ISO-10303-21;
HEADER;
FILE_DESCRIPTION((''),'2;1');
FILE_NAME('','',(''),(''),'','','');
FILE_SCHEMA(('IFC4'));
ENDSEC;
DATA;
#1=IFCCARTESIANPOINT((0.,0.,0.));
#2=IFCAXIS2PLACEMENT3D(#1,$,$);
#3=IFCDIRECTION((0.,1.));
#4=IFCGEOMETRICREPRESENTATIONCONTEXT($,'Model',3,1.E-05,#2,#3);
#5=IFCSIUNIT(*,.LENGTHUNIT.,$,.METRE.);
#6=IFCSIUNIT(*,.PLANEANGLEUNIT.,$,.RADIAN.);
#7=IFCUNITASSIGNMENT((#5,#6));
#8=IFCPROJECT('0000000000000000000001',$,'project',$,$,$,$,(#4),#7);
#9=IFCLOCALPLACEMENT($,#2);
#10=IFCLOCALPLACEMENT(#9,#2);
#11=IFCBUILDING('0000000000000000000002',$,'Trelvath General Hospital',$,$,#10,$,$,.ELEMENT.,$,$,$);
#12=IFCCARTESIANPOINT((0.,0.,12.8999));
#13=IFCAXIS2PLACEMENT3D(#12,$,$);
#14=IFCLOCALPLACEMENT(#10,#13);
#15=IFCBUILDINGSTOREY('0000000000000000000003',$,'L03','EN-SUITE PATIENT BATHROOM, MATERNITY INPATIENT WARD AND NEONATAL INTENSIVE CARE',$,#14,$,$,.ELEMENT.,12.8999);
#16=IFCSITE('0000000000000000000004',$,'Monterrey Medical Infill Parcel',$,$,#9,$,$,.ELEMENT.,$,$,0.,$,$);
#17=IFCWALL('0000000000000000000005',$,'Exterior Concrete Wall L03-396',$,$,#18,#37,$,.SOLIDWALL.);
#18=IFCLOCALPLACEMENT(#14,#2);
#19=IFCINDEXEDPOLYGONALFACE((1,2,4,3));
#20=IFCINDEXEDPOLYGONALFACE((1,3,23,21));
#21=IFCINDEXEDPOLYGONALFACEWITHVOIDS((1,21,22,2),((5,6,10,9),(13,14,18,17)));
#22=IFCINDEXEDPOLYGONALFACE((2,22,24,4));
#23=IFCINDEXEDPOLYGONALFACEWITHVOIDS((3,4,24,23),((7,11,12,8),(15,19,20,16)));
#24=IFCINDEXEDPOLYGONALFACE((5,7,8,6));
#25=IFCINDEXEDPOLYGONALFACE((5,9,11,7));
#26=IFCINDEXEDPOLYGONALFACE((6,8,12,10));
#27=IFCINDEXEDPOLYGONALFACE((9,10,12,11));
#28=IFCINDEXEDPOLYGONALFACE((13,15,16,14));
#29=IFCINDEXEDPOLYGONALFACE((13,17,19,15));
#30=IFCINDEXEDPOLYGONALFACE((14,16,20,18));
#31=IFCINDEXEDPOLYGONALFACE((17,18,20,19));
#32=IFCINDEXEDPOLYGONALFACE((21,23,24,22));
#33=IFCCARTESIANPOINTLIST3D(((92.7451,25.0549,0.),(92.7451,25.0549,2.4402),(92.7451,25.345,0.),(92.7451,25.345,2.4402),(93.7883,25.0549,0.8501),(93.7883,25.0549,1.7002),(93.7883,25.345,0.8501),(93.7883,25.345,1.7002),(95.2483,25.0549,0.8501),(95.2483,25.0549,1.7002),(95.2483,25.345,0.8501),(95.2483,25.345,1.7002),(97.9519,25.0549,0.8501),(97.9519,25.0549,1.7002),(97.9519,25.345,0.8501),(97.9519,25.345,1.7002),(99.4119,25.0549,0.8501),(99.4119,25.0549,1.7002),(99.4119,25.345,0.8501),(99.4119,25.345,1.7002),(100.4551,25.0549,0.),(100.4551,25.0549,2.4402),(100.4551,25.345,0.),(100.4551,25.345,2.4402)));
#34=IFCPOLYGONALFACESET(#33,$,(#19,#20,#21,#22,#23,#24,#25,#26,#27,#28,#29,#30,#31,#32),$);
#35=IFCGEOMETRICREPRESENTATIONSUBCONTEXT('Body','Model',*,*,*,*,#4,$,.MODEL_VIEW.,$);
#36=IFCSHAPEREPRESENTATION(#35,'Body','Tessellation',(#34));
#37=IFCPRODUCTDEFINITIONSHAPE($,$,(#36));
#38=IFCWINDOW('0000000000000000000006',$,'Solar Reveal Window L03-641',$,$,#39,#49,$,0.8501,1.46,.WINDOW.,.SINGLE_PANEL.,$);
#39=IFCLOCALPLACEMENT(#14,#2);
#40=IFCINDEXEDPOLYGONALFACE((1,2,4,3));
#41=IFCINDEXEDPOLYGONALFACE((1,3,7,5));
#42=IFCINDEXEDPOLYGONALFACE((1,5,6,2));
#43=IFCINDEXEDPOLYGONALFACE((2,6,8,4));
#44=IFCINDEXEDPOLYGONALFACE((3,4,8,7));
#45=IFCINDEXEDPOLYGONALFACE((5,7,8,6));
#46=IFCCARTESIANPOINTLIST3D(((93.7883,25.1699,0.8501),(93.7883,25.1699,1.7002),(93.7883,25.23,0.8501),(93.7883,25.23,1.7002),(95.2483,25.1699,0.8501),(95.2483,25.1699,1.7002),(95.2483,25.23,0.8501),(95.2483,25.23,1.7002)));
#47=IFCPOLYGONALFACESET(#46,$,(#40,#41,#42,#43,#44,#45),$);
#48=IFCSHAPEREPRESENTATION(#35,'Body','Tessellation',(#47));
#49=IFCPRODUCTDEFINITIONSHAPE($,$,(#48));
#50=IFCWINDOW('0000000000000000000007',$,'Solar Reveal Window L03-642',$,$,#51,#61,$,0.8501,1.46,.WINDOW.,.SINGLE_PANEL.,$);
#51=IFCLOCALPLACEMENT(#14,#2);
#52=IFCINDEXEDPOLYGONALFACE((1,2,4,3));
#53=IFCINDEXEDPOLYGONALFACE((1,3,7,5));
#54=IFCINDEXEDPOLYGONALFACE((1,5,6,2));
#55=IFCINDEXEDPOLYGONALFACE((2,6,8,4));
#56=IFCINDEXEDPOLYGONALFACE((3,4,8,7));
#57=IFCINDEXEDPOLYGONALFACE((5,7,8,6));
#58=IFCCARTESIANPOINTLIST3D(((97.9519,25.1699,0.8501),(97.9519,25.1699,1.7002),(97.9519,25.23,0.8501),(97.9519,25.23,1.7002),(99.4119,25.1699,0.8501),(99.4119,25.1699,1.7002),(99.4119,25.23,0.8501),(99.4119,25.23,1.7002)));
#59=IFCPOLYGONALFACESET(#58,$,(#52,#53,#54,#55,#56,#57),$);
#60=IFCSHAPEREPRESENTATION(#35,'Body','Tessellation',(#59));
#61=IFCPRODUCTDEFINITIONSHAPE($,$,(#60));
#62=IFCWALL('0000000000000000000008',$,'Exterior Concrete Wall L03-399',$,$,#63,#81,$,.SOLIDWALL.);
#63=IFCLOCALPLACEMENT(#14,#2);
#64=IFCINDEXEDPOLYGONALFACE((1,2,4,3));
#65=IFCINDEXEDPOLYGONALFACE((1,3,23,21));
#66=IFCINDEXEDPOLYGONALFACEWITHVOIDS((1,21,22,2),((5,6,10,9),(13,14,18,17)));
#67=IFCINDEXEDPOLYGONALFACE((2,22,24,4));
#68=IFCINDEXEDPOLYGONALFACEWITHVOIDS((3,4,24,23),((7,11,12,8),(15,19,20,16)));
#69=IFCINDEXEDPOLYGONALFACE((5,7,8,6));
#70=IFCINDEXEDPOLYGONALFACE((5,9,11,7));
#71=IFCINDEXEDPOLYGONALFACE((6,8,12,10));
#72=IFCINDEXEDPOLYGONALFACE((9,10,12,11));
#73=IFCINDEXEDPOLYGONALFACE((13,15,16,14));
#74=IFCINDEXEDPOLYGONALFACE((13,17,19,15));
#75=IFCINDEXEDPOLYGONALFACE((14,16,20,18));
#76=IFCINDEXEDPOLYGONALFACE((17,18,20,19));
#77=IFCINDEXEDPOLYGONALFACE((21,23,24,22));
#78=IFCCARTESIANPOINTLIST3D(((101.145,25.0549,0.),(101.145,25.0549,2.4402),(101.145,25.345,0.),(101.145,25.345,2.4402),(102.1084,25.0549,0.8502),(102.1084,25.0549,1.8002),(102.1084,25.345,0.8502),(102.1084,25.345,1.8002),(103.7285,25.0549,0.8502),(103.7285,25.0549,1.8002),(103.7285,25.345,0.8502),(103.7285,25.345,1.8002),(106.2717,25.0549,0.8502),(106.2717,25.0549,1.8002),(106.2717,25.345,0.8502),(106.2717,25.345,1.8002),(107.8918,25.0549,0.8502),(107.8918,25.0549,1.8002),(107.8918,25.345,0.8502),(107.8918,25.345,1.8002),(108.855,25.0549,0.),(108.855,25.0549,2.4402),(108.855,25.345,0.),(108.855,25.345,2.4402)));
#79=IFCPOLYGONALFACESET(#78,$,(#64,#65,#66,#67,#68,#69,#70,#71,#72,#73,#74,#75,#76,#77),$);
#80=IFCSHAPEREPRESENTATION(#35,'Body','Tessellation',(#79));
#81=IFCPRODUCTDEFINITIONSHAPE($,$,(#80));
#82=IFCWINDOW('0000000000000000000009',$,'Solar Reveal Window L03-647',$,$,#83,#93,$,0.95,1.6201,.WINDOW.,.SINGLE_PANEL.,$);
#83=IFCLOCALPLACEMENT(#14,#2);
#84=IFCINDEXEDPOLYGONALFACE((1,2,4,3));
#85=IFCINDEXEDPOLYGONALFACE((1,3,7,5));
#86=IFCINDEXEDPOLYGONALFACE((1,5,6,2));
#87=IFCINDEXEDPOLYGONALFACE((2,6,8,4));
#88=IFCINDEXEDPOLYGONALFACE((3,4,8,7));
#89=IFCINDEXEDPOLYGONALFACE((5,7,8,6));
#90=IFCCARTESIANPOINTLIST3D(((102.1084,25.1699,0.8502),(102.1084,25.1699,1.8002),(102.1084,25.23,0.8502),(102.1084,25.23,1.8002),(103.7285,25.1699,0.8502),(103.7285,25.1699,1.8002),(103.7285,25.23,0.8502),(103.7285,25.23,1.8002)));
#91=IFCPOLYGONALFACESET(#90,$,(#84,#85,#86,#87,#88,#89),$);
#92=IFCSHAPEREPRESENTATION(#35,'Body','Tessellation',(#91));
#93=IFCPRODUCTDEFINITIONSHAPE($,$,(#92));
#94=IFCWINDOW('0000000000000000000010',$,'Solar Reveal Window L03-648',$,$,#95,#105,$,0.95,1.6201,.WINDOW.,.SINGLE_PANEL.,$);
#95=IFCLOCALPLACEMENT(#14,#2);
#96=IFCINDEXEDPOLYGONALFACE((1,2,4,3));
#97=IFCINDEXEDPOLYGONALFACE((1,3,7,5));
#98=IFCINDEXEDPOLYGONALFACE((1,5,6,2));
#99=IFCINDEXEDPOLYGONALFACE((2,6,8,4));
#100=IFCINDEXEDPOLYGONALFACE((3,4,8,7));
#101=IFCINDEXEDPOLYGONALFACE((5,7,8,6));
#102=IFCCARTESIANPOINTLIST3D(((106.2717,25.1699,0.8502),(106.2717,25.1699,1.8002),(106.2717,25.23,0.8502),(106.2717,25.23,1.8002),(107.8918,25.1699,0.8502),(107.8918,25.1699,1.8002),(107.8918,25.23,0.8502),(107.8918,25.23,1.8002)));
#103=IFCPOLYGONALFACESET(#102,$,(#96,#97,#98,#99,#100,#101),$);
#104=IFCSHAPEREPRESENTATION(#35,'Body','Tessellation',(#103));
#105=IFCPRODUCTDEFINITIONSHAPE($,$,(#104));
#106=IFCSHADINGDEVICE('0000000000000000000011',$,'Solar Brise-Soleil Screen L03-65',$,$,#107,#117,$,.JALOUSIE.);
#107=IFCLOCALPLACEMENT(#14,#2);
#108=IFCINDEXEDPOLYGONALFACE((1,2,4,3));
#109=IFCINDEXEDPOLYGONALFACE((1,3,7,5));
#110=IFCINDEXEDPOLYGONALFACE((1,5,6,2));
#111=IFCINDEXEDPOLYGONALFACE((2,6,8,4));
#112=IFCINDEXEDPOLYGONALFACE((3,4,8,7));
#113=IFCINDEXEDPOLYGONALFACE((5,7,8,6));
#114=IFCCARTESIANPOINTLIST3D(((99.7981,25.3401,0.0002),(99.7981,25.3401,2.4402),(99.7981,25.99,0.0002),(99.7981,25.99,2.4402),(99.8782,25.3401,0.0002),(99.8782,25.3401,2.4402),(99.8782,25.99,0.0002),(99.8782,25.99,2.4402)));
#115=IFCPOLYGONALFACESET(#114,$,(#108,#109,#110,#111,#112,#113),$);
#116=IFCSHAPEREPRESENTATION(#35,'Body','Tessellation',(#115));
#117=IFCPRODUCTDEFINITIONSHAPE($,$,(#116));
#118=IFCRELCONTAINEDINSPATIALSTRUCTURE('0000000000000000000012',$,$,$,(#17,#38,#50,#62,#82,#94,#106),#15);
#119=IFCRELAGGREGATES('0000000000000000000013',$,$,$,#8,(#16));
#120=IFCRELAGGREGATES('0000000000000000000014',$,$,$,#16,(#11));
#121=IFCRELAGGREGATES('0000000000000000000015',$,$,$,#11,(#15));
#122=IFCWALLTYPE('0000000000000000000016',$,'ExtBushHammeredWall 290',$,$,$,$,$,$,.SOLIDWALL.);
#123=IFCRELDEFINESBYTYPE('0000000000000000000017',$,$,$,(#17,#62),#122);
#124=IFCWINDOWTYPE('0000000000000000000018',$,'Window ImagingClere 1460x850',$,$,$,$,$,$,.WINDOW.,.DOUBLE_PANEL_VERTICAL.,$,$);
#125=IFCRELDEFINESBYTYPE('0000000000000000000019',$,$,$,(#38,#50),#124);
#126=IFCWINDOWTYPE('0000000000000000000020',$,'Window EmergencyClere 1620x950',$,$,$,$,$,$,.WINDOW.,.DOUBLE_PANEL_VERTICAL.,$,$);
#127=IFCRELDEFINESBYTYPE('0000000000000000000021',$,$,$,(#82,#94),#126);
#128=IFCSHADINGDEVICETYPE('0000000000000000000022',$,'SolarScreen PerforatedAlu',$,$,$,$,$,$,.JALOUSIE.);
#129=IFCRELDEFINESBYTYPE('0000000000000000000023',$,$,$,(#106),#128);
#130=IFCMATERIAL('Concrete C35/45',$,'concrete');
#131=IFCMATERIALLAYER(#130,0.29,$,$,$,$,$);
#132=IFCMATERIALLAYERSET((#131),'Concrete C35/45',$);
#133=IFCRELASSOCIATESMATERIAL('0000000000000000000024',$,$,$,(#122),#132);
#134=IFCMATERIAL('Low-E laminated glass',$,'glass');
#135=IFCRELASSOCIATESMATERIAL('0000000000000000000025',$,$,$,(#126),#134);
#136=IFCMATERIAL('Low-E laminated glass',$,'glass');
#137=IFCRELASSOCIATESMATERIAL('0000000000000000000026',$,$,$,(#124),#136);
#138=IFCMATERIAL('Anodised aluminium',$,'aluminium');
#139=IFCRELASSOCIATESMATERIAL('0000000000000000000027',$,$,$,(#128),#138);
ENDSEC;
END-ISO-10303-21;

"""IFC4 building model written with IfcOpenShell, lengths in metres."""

from ifc_helpers import new_model, si_unit, direction, frame, frame_2d, origin, origin_2d, place, context, subcontext, project, spatial, rectangle, extrude, material, layer, layer_set, type_object, element, fill, save


model = new_model("IFC4")

# Units and contexts
model_context = context("Model", 3, precision=1e-05, world=origin(), true_north=direction((0.0, 1.0)))
body_context = subcontext(model_context, "Body", "Model", "MODEL_VIEW")
ifc_project = project(units=[si_unit("LENGTHUNIT", "METRE"), si_unit("PLANEANGLEUNIT", "RADIAN")], contexts=[model_context])

# Site, building, storey
site_placement = place(None, origin())
site = spatial("IfcSite", under=ifc_project, at=site_placement, Name="Monterrey Medical Infill Parcel", CompositionType="ELEMENT", RefElevation=0.0)
building_placement = place(site_placement, origin())
building = spatial("IfcBuilding", under=site, at=building_placement, Name="Trelvath General Hospital", CompositionType="ELEMENT")
storey_placement = place(building_placement, frame((0.0, 0.0, 12.8999)))
storey = spatial("IfcBuildingStorey", under=building, at=storey_placement, Name="L03", Description="EN-SUITE PATIENT BATHROOM, MATERNITY INPATIENT WARD AND NEONATAL INTENSIVE CARE", CompositionType="ELEMENT", Elevation=12.8999)

# Walls, openings, windows
ifc_material_1 = material(Name="Concrete C35/45", Category="concrete")
ifc_layer_1 = layer(ifc_material_1, 0.29)
ifc_layer_set_1 = layer_set([ifc_layer_1], Name="Concrete C35/45")
wall_type_1 = type_object("IfcWallType", Name="ExtBushHammeredWall 290", PredefinedType="SOLIDWALL", material=ifc_layer_set_1)
ifc_material_2 = material(Name="Low-E laminated glass", Category="glass")
window_type_1 = type_object("IfcWindowType", Name="Window EmergencyClere 1620x950", PartitioningType="DOUBLE_PANEL_VERTICAL", PredefinedType="WINDOW", material=ifc_material_2)
wall_1_placement = place(storey_placement, frame((92.7451, 25.2, 0.0), z_axis=(0.0, 0.0, 1.0), x_axis=(1.0, 0.0, 0.0)))
wall_1 = element("IfcWall", 1, at=wall_1_placement, inside=storey, type_object=wall_type_1, Name="Exterior Concrete Wall L03-396", PredefinedType="SOLIDWALL", context=body_context, shape_type="SweptSolid", body=[
    extrude(rectangle(XDim=7.71, YDim=0.29, at=frame_2d((3.855, 0.0))), origin(), (0.0, 0.0, 1.0), 2.4402),
])
opening_1_placement = place(wall_1_placement, frame((1.0432, 0.0, 0.8501)))
opening_1 = element("IfcOpeningElement", 2, at=opening_1_placement, cuts=wall_1, PredefinedType="OPENING", context=body_context, shape_type="SweptSolid", body=[
    extrude(rectangle(XDim=1.46, YDim=0.8501, at=frame_2d((0.73, 0.425))), frame((0.0, 0.155, 0.0), z_axis=(0.0, -1.0, 0.0), x_axis=(1.0, 0.0, 0.0)), (0.0, 0.0, 1.0), 0.3101),
])
opening_2_placement = place(wall_1_placement, frame((5.2068, 0.0, 0.8501)))
opening_2 = element("IfcOpeningElement", 3, at=opening_2_placement, cuts=wall_1, PredefinedType="OPENING", context=body_context, shape_type="SweptSolid", body=[
    extrude(rectangle(XDim=1.46, YDim=0.8501, at=frame_2d((0.73, 0.425))), frame((0.0, 0.155, 0.0), z_axis=(0.0, -1.0, 0.0), x_axis=(1.0, 0.0, 0.0)), (0.0, 0.0, 1.0), 0.3101),
])
ifc_material_3 = material(Name="Low-E laminated glass", Category="glass")
window_type_2 = type_object("IfcWindowType", Name="Window ImagingClere 1460x850", PartitioningType="DOUBLE_PANEL_VERTICAL", PredefinedType="WINDOW", material=ifc_material_3)
window_1_placement = place(opening_1_placement, origin())
window_1 = element("IfcWindow", 4, at=window_1_placement, inside=storey, type_object=window_type_2, Name="Solar Reveal Window L03-641", OverallHeight=0.8501, OverallWidth=1.46, PartitioningType="SINGLE_PANEL", PredefinedType="WINDOW", context=body_context, shape_type="SweptSolid", body=[
    extrude(rectangle(XDim=1.46, YDim=0.8501, at=frame_2d((0.73, 0.425))), frame((0.0, 0.03, 0.0), z_axis=(0.0, -1.0, 0.0), x_axis=(1.0, 0.0, 0.0)), (0.0, 0.0, 1.0), 0.0601),
])
fill(opening_1, window_1)
window_2_placement = place(opening_2_placement, origin())
window_2 = element("IfcWindow", 5, at=window_2_placement, inside=storey, type_object=window_type_2, Name="Solar Reveal Window L03-642", OverallHeight=0.8501, OverallWidth=1.46, PartitioningType="SINGLE_PANEL", PredefinedType="WINDOW", context=body_context, shape_type="SweptSolid", body=[
    extrude(rectangle(XDim=1.46, YDim=0.8501, at=frame_2d((0.73, 0.425))), frame((0.0, 0.03, 0.0), z_axis=(0.0, -1.0, 0.0), x_axis=(1.0, 0.0, 0.0)), (0.0, 0.0, 1.0), 0.0601),
])
fill(opening_2, window_2)
wall_2_placement = place(storey_placement, frame((101.145, 25.2, 0.0), z_axis=(0.0, 0.0, 1.0), x_axis=(1.0, 0.0, 0.0)))
wall_2 = element("IfcWall", 6, at=wall_2_placement, inside=storey, type_object=wall_type_1, Name="Exterior Concrete Wall L03-399", PredefinedType="SOLIDWALL", context=body_context, shape_type="SweptSolid", body=[
    extrude(rectangle(XDim=7.71, YDim=0.29, at=frame_2d((3.855, 0.0))), origin(), (0.0, 0.0, 1.0), 2.4402),
])
opening_3_placement = place(wall_2_placement, frame((0.9634, 0.0, 0.8501)))
opening_3 = element("IfcOpeningElement", 7, at=opening_3_placement, cuts=wall_2, PredefinedType="OPENING", context=body_context, shape_type="SweptSolid", body=[
    extrude(rectangle(XDim=1.6201, YDim=0.95, at=frame_2d((0.8101, 0.4751))), frame((0.0, 0.155, 0.0), z_axis=(0.0, -1.0, 0.0), x_axis=(1.0, 0.0, 0.0)), (0.0, 0.0, 1.0), 0.3101),
])
opening_4_placement = place(wall_2_placement, frame((5.1267, 0.0, 0.8501)))
opening_4 = element("IfcOpeningElement", 8, at=opening_4_placement, cuts=wall_2, PredefinedType="OPENING", context=body_context, shape_type="SweptSolid", body=[
    extrude(rectangle(XDim=1.6201, YDim=0.95, at=frame_2d((0.8101, 0.4751))), frame((0.0, 0.155, 0.0), z_axis=(0.0, -1.0, 0.0), x_axis=(1.0, 0.0, 0.0)), (0.0, 0.0, 1.0), 0.3101),
])
window_3_placement = place(opening_3_placement, origin())
window_3 = element("IfcWindow", 9, at=window_3_placement, inside=storey, type_object=window_type_1, Name="Solar Reveal Window L03-647", OverallHeight=0.95, OverallWidth=1.6201, PartitioningType="SINGLE_PANEL", PredefinedType="WINDOW", context=body_context, shape_type="SweptSolid", body=[
    extrude(rectangle(XDim=1.6201, YDim=0.95, at=frame_2d((0.8101, 0.4751))), frame((0.0, 0.03, 0.0), z_axis=(0.0, -1.0, 0.0), x_axis=(1.0, 0.0, 0.0)), (0.0, 0.0, 1.0), 0.0601),
])
fill(opening_3, window_3)
window_4_placement = place(opening_4_placement, origin())
window_4 = element("IfcWindow", 10, at=window_4_placement, inside=storey, type_object=window_type_1, Name="Solar Reveal Window L03-648", OverallHeight=0.95, OverallWidth=1.6201, PartitioningType="SINGLE_PANEL", PredefinedType="WINDOW", context=body_context, shape_type="SweptSolid", body=[
    extrude(rectangle(XDim=1.6201, YDim=0.95, at=frame_2d((0.8101, 0.4751))), frame((0.0, 0.03, 0.0), z_axis=(0.0, -1.0, 0.0), x_axis=(1.0, 0.0, 0.0)), (0.0, 0.0, 1.0), 0.0601),
])
fill(opening_4, window_4)

# Shading device
ifc_material_4 = material(Name="Anodised aluminium", Category="aluminium")
shading_device_type = type_object("IfcShadingDeviceType", Name="SolarScreen PerforatedAlu", PredefinedType="JALOUSIE", material=ifc_material_4)
shading_device_placement = place(storey_placement, frame((99.8381, 25.665, 0.0002), z_axis=(0.0, 0.0, 1.0), x_axis=(0.0, 1.0, 0.0)))
element("IfcShadingDevice", 11, at=shading_device_placement, inside=storey, type_object=shading_device_type, Name="Solar Brise-Soleil Screen L03-65", PredefinedType="JALOUSIE", context=body_context, shape_type="SweptSolid", body=[
    extrude(rectangle(XDim=0.6499, YDim=0.0801, at=origin_2d()), origin(), (0.0, 0.0, 1.0), 2.4399),
])

save(model, "model.ifc")
